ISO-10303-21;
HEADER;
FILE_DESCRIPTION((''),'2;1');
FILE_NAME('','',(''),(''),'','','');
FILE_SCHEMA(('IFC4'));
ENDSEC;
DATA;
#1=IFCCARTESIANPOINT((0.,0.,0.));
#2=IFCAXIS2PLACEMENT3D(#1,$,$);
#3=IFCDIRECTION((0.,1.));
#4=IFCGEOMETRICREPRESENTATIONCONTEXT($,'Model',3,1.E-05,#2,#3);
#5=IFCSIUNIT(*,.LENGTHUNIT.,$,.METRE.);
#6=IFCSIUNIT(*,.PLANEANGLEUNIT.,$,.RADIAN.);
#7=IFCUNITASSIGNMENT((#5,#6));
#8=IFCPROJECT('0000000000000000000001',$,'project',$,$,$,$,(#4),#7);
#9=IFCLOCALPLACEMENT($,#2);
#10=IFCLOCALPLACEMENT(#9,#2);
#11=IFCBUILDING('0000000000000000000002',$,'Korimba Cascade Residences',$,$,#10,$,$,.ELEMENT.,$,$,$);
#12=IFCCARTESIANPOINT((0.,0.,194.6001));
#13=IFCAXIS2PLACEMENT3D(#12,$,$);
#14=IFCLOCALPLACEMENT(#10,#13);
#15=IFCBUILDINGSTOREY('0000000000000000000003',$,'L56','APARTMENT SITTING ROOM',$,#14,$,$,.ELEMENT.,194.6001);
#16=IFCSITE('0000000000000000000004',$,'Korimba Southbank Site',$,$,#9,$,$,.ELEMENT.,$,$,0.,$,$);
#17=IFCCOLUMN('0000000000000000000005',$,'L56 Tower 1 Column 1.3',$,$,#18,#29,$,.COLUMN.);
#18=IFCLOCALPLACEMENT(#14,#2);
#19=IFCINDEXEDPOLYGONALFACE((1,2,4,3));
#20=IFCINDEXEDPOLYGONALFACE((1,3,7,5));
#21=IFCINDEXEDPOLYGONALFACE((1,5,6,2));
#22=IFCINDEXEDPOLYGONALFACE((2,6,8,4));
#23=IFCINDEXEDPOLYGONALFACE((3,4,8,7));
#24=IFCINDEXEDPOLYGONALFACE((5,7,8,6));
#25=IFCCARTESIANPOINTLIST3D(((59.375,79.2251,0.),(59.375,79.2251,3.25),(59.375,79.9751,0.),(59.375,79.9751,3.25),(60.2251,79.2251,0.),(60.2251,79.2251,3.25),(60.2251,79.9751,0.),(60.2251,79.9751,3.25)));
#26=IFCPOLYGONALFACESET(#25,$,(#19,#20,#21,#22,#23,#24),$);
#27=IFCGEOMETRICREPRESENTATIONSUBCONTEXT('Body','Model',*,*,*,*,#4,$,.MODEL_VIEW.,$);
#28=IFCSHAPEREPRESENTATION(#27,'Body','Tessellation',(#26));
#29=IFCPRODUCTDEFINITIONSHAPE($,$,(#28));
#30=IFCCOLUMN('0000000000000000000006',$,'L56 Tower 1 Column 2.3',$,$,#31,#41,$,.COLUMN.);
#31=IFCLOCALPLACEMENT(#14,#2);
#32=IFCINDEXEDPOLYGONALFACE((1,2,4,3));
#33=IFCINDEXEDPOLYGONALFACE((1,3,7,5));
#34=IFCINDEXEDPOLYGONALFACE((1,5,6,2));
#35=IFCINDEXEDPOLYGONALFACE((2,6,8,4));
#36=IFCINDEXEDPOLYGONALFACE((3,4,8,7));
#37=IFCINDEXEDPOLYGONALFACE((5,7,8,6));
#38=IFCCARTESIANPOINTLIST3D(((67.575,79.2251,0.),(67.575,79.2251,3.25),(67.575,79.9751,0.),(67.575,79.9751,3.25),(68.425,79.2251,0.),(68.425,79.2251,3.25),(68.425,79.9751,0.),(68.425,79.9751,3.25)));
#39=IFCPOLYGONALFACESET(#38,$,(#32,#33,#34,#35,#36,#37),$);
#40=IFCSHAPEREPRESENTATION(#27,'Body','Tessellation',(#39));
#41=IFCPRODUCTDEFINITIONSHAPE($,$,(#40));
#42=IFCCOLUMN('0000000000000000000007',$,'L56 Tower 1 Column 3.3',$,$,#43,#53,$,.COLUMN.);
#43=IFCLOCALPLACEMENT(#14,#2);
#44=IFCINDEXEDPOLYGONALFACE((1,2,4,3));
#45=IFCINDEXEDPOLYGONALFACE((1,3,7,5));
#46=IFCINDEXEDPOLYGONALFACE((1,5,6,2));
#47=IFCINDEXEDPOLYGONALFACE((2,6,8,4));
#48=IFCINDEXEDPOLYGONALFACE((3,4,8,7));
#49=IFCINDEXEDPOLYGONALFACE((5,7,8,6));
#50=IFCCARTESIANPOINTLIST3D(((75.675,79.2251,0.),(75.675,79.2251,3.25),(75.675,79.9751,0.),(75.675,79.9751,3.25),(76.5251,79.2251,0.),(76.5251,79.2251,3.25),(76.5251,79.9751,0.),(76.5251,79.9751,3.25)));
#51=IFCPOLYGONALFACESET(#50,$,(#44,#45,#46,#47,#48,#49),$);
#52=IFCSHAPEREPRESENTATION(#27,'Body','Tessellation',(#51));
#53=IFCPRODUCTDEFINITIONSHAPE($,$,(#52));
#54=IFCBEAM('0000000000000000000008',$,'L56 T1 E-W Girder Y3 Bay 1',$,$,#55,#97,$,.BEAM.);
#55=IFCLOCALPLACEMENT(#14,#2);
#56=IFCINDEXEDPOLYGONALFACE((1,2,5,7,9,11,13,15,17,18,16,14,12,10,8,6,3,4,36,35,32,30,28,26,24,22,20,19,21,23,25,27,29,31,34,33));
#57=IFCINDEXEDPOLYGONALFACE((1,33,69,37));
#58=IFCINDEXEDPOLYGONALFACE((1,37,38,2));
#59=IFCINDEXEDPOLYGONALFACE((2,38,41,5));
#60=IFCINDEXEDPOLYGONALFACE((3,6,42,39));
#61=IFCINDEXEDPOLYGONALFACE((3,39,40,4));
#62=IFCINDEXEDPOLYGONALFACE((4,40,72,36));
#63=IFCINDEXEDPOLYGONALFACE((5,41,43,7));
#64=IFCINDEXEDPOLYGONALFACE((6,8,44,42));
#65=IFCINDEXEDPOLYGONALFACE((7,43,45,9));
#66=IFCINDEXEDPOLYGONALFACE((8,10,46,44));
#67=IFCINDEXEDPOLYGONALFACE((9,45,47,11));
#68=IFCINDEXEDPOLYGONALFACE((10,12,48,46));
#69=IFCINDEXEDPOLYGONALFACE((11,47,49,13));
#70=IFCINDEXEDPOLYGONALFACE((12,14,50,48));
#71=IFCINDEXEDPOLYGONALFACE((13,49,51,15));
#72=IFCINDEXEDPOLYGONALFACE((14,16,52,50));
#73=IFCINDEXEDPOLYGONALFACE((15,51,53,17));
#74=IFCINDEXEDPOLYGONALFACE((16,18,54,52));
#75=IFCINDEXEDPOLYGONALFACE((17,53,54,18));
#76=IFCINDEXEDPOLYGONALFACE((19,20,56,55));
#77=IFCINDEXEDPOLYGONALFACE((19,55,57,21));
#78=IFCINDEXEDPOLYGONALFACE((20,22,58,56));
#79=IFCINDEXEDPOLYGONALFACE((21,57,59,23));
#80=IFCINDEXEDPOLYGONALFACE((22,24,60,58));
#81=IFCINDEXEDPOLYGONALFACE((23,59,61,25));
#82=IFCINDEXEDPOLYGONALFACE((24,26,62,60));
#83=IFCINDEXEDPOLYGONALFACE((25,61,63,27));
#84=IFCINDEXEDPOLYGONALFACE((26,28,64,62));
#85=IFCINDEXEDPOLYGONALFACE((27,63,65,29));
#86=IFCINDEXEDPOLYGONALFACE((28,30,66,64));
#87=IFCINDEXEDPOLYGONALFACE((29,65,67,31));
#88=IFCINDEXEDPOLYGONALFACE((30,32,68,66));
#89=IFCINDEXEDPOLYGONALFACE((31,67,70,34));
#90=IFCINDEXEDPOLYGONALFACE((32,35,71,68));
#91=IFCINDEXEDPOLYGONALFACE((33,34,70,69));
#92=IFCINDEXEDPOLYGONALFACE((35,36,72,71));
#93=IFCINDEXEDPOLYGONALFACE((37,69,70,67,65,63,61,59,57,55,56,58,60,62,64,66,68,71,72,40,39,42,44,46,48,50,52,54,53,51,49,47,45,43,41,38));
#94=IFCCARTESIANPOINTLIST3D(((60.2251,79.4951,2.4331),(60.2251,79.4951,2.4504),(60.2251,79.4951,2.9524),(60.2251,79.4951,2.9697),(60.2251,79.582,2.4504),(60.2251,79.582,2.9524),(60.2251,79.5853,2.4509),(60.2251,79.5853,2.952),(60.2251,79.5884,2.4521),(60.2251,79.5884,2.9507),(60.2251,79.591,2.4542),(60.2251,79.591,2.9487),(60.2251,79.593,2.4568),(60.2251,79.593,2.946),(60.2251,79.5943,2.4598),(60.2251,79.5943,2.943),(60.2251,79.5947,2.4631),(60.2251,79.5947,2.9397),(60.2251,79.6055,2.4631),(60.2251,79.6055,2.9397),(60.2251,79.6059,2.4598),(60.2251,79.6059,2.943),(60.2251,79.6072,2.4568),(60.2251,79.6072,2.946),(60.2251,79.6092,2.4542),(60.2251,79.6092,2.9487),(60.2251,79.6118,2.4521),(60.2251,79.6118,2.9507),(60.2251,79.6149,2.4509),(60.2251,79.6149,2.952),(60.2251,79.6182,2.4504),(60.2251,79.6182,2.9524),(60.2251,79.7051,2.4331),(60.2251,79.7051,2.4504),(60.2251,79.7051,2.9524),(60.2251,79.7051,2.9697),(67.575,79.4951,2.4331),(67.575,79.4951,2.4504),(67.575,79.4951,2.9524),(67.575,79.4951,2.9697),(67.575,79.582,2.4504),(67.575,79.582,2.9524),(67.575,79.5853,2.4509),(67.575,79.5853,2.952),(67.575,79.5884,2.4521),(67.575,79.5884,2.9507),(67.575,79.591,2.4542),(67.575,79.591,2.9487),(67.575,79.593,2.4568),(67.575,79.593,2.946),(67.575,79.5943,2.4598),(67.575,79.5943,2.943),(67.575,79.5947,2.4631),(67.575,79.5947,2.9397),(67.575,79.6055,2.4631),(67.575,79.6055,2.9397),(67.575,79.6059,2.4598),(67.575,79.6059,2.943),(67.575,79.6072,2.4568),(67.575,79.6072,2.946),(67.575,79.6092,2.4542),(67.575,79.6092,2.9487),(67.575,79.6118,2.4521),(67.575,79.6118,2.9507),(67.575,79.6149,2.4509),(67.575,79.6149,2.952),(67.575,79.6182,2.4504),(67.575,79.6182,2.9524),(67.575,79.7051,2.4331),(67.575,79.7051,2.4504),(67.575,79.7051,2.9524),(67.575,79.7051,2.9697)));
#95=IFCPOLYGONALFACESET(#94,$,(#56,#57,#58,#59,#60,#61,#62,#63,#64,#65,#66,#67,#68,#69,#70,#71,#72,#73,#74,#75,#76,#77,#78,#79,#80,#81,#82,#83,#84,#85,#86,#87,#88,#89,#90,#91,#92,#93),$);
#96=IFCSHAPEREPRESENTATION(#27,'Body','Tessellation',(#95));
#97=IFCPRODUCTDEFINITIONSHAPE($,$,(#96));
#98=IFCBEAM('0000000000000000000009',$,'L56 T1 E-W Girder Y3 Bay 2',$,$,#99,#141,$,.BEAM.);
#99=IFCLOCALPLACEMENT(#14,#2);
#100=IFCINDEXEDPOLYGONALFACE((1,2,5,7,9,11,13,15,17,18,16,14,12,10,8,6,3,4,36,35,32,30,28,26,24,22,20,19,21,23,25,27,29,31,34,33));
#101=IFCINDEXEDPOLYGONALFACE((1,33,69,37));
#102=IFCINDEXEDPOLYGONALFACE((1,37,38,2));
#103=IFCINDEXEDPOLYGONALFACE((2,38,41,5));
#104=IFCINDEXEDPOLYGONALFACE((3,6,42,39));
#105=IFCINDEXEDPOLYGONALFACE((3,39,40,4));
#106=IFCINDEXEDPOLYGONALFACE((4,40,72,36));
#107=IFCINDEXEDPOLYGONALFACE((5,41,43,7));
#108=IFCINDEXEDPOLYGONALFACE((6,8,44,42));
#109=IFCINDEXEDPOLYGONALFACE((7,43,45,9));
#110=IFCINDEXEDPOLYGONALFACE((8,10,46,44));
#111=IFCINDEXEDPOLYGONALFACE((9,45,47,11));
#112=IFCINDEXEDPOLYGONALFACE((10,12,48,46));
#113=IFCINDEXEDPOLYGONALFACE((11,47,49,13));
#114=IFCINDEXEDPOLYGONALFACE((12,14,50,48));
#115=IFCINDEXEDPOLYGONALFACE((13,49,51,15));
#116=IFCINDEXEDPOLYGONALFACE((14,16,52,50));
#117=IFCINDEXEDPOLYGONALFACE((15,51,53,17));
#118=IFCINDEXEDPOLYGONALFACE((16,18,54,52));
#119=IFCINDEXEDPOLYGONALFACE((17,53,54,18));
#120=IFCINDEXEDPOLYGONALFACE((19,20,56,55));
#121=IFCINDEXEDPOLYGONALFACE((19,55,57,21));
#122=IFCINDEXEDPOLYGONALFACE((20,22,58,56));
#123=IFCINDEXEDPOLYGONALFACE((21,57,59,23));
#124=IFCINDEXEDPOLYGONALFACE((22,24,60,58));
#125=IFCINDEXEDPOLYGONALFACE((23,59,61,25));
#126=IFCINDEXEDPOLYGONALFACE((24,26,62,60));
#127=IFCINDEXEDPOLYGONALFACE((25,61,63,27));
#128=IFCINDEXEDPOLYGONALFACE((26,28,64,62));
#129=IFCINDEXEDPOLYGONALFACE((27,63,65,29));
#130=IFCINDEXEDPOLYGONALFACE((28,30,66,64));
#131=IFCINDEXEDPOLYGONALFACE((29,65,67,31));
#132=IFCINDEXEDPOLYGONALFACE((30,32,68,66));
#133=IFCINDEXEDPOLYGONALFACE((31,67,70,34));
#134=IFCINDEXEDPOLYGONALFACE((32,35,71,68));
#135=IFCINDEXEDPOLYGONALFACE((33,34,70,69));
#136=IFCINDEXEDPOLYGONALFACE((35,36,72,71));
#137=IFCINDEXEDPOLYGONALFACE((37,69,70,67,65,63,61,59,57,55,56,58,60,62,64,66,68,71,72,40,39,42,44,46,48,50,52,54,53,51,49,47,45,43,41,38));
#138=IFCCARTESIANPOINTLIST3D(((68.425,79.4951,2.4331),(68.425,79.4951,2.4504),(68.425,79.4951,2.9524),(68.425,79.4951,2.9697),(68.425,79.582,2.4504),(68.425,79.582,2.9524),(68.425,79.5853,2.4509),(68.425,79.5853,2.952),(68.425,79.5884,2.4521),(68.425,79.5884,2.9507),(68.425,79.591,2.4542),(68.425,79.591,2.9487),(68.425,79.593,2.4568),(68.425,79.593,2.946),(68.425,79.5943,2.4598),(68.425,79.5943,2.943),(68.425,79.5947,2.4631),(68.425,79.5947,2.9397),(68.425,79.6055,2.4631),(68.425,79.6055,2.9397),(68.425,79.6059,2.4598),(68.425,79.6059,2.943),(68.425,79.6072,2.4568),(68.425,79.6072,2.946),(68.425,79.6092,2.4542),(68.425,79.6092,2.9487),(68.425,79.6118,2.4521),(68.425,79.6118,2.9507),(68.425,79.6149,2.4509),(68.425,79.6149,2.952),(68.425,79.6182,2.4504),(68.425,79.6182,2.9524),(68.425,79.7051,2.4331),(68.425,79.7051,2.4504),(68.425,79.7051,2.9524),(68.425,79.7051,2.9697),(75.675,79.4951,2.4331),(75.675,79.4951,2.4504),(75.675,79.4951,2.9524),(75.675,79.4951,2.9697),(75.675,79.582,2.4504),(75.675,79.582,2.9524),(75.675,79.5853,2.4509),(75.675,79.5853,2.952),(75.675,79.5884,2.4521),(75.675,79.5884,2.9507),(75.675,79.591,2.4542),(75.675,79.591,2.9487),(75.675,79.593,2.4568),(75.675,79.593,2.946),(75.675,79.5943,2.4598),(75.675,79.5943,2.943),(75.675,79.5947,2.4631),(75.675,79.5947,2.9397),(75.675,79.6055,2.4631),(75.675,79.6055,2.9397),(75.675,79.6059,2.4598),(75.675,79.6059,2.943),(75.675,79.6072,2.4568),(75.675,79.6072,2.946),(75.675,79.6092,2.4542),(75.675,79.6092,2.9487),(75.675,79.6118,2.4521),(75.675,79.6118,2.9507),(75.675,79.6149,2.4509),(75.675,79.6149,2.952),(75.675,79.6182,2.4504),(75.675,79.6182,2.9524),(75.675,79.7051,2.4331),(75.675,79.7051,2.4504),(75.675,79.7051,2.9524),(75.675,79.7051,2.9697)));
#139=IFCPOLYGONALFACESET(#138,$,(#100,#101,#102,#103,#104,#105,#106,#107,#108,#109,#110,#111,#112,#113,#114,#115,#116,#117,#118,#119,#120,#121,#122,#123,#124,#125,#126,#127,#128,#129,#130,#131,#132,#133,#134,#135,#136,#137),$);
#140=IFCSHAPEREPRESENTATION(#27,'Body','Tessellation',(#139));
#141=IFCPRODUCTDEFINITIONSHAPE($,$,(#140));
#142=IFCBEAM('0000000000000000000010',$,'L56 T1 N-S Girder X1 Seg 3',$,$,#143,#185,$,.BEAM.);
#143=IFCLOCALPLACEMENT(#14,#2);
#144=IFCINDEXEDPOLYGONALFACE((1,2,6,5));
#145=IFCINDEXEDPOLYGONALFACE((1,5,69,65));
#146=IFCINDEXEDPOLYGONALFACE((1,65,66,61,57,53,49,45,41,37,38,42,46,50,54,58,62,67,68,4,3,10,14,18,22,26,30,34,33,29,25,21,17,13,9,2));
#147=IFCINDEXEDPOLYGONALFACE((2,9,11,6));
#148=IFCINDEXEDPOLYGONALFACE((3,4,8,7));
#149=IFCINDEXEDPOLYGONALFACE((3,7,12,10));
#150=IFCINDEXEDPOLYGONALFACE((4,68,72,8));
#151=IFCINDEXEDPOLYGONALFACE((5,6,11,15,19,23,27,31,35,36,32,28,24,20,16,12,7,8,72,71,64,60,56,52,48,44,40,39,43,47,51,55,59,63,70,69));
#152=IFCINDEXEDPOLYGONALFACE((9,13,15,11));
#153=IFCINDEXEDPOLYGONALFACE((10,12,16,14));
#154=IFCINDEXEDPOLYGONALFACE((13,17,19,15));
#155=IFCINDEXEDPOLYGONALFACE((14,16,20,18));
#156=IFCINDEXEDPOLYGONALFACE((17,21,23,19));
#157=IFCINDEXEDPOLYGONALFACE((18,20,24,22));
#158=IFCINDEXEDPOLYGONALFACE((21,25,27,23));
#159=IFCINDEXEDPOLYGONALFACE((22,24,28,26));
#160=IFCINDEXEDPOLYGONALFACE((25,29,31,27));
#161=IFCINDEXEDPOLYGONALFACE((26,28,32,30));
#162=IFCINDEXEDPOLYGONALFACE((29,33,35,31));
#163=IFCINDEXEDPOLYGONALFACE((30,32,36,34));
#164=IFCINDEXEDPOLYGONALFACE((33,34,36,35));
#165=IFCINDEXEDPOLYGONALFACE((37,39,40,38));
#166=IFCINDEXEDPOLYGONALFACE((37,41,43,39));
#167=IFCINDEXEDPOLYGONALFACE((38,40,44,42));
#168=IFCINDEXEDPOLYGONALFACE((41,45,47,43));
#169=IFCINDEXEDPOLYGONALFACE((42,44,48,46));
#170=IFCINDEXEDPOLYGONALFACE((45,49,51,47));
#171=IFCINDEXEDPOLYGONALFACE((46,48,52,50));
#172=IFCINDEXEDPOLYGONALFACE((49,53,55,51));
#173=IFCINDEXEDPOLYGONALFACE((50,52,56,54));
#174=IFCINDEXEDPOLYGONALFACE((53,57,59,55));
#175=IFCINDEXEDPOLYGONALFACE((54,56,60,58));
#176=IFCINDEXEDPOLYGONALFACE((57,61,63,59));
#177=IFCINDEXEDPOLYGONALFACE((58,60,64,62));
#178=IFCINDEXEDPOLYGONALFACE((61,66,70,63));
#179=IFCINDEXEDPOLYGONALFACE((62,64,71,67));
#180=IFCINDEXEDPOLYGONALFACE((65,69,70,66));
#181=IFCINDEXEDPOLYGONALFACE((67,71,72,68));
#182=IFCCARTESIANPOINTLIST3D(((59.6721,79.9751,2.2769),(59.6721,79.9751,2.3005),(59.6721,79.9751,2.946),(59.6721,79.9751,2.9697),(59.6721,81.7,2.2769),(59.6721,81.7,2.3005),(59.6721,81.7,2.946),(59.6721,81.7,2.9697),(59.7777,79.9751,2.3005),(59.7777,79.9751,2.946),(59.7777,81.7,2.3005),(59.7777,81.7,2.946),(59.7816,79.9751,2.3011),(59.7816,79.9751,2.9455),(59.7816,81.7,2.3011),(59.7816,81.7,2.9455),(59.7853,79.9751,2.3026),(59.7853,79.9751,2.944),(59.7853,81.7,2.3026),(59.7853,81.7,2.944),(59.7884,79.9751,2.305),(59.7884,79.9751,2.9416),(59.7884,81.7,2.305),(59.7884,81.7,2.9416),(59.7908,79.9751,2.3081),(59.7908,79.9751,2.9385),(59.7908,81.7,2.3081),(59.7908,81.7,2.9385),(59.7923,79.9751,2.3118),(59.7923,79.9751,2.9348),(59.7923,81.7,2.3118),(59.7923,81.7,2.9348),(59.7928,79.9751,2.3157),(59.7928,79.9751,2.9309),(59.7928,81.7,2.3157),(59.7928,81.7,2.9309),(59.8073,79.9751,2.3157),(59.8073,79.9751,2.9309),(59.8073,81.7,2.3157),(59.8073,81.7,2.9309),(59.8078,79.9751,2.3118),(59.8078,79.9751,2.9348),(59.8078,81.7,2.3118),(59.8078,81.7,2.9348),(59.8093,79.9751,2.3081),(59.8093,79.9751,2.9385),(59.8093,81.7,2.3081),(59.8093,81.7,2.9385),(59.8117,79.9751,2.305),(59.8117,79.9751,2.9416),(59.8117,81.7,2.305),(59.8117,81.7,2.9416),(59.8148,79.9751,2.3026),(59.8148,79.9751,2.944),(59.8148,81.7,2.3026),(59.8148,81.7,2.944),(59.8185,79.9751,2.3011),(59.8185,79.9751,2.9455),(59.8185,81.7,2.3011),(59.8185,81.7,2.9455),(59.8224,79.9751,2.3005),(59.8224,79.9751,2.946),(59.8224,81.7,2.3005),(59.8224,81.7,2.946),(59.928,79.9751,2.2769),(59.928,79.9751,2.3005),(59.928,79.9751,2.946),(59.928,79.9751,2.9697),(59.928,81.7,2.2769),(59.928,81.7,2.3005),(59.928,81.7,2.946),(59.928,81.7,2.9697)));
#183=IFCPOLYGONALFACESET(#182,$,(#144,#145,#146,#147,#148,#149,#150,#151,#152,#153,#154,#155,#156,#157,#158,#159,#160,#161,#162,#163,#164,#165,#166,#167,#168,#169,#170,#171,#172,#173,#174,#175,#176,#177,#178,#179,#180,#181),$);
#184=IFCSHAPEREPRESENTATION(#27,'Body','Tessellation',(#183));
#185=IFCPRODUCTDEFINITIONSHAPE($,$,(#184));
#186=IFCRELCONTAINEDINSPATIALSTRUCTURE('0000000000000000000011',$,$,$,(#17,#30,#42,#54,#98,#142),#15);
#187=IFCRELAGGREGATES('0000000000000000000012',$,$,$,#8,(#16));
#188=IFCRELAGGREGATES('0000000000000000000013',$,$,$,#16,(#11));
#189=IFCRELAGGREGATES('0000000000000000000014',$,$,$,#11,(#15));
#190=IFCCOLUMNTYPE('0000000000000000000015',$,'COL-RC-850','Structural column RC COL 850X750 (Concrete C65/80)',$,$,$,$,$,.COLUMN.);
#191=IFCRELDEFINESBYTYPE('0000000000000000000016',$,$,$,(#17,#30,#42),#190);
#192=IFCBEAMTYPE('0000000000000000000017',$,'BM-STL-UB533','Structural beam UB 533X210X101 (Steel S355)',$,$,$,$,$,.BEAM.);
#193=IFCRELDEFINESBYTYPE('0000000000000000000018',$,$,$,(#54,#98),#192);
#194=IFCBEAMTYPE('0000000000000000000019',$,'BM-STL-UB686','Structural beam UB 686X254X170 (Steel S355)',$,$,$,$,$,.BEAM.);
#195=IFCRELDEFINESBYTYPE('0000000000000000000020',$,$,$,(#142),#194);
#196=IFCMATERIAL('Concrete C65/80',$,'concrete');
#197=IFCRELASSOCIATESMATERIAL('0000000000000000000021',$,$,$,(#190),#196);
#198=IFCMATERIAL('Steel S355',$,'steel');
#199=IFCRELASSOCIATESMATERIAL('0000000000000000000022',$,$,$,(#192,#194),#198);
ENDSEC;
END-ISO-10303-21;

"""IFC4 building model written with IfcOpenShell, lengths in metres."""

from ifc_helpers import new_model, si_unit, direction, frame, origin, origin_2d, place, context, subcontext, project, spatial, rectangle, i_section, extrude, material, material_profile, profile_set, type_object, element, save


model = new_model("IFC4")

# Units and contexts
model_context = context("Model", 3, precision=1e-05, world=origin(), true_north=direction((0.0, 1.0)))
body_context = subcontext(model_context, "Body", "Model", "MODEL_VIEW")
ifc_project = project(units=[si_unit("LENGTHUNIT", "METRE"), si_unit("PLANEANGLEUNIT", "RADIAN")], contexts=[model_context])

# Site, building, storey
site_placement = place(None, origin())
site = spatial("IfcSite", under=ifc_project, at=site_placement, Name="Korimba Southbank Site", CompositionType="ELEMENT", RefElevation=0.0)
building_placement = place(site_placement, origin())
building = spatial("IfcBuilding", under=site, at=building_placement, Name="Korimba Cascade Residences", CompositionType="ELEMENT")
storey_placement = place(building_placement, frame((0.0, 0.0, 194.6001)))
storey = spatial("IfcBuildingStorey", under=building, at=storey_placement, Name="L56", Description="APARTMENT SITTING ROOM", CompositionType="ELEMENT", Elevation=194.6001)

# Columns
ifc_material_1 = material(Name="Concrete C65/80", Category="concrete")
ifc_material_profile_1 = material_profile(ifc_material_1, rectangle(XDim=0.8501, YDim=0.75, at=origin_2d()), Name="Concrete C65/80")
ifc_profile_set_1 = profile_set([ifc_material_profile_1], Name="Concrete C65/80")
column_type = type_object("IfcColumnType", Name="COL-RC-850", Description="Structural column RC COL 850X750 (Concrete C65/80)", PredefinedType="COLUMN", material=ifc_profile_set_1)
for number, where, z_axis, x_axis, name in (
    (1, (59.8, 79.6001, 0.0), (0.0, 0.0, 1.0), (1.0, 0.0, 0.0), "L56 Tower 1 Column 1.3"),
    (2, (68.0, 79.6001, 0.0), (0.0, 0.0, 1.0), (1.0, 0.0, 0.0), "L56 Tower 1 Column 2.3"),
    (3, (76.1001, 79.6001, 0.0), (0.0, 0.0, 1.0), (1.0, 0.0, 0.0), "L56 Tower 1 Column 3.3"),
):
    element("IfcColumn", number, at=place(storey_placement, frame(where, z_axis=z_axis, x_axis=x_axis)), inside=storey, type_object=column_type, Name=name, PredefinedType="COLUMN", context=body_context, shape_type="SweptSolid", body=[
        extrude(rectangle(XDim=0.8501, YDim=0.75, at=origin_2d()), origin(), (0.0, 0.0, 1.0), 3.25),
    ])

# Beams
ifc_material_2 = material(Name="Steel S355", Category="steel")
ifc_material_profile_2 = material_profile(ifc_material_2, i_section(OverallWidth=0.21, OverallDepth=0.5366, WebThickness=0.0107, FlangeThickness=0.0173, FilletRadius=0.0127, at=origin_2d()), Name="Steel S355")
ifc_profile_set_2 = profile_set([ifc_material_profile_2], Name="Steel S355")
beam_type_1 = type_object("IfcBeamType", Name="BM-STL-UB533", Description="Structural beam UB 533X210X101 (Steel S355)", PredefinedType="BEAM", material=ifc_profile_set_2)
beam_1_placement = place(storey_placement, frame((60.2251, 79.6001, 2.7014), z_axis=(1.0, 0.0, 0.0), x_axis=(0.0, 1.0, 0.0)))
element("IfcBeam", 4, at=beam_1_placement, inside=storey, type_object=beam_type_1, Name="L56 T1 E-W Girder Y3 Bay 1", PredefinedType="BEAM", context=body_context, shape_type="SweptSolid", body=[
    extrude(i_section(OverallWidth=0.21, OverallDepth=0.5366, WebThickness=0.0107, FlangeThickness=0.0173, FilletRadius=0.0127, at=origin_2d()), origin(), (0.0, 0.0, 1.0), 7.3499),
])
beam_2_placement = place(storey_placement, frame((68.425, 79.6001, 2.7014), z_axis=(1.0, 0.0, 0.0), x_axis=(0.0, 1.0, 0.0)))
element("IfcBeam", 5, at=beam_2_placement, inside=storey, type_object=beam_type_1, Name="L56 T1 E-W Girder Y3 Bay 2", PredefinedType="BEAM", context=body_context, shape_type="SweptSolid", body=[
    extrude(i_section(OverallWidth=0.21, OverallDepth=0.5366, WebThickness=0.0107, FlangeThickness=0.0173, FilletRadius=0.0127, at=origin_2d()), origin(), (0.0, 0.0, 1.0), 7.25),
])
ifc_material_profile_3 = material_profile(ifc_material_2, i_section(OverallWidth=0.2559, OverallDepth=0.6929, WebThickness=0.0144, FlangeThickness=0.0237, FilletRadius=0.0151, at=origin_2d()), Name="Steel S355")
ifc_profile_set_3 = profile_set([ifc_material_profile_3], Name="Steel S355")
beam_type_2 = type_object("IfcBeamType", Name="BM-STL-UB686", Description="Structural beam UB 686X254X170 (Steel S355)", PredefinedType="BEAM", material=ifc_profile_set_3)
beam_3_placement = place(storey_placement, frame((59.8, 79.9751, 2.6233), z_axis=(0.0, 1.0, 0.0), x_axis=(-1.0, 0.0, 0.0)))
element("IfcBeam", 6, at=beam_3_placement, inside=storey, type_object=beam_type_2, Name="L56 T1 N-S Girder X1 Seg 3", PredefinedType="BEAM", context=body_context, shape_type="SweptSolid", body=[
    extrude(i_section(OverallWidth=0.2559, OverallDepth=0.6929, WebThickness=0.0144, FlangeThickness=0.0237, FilletRadius=0.0151, at=origin_2d()), origin(), (0.0, 0.0, 1.0), 1.7249),
])

save(model, "model.ifc")
